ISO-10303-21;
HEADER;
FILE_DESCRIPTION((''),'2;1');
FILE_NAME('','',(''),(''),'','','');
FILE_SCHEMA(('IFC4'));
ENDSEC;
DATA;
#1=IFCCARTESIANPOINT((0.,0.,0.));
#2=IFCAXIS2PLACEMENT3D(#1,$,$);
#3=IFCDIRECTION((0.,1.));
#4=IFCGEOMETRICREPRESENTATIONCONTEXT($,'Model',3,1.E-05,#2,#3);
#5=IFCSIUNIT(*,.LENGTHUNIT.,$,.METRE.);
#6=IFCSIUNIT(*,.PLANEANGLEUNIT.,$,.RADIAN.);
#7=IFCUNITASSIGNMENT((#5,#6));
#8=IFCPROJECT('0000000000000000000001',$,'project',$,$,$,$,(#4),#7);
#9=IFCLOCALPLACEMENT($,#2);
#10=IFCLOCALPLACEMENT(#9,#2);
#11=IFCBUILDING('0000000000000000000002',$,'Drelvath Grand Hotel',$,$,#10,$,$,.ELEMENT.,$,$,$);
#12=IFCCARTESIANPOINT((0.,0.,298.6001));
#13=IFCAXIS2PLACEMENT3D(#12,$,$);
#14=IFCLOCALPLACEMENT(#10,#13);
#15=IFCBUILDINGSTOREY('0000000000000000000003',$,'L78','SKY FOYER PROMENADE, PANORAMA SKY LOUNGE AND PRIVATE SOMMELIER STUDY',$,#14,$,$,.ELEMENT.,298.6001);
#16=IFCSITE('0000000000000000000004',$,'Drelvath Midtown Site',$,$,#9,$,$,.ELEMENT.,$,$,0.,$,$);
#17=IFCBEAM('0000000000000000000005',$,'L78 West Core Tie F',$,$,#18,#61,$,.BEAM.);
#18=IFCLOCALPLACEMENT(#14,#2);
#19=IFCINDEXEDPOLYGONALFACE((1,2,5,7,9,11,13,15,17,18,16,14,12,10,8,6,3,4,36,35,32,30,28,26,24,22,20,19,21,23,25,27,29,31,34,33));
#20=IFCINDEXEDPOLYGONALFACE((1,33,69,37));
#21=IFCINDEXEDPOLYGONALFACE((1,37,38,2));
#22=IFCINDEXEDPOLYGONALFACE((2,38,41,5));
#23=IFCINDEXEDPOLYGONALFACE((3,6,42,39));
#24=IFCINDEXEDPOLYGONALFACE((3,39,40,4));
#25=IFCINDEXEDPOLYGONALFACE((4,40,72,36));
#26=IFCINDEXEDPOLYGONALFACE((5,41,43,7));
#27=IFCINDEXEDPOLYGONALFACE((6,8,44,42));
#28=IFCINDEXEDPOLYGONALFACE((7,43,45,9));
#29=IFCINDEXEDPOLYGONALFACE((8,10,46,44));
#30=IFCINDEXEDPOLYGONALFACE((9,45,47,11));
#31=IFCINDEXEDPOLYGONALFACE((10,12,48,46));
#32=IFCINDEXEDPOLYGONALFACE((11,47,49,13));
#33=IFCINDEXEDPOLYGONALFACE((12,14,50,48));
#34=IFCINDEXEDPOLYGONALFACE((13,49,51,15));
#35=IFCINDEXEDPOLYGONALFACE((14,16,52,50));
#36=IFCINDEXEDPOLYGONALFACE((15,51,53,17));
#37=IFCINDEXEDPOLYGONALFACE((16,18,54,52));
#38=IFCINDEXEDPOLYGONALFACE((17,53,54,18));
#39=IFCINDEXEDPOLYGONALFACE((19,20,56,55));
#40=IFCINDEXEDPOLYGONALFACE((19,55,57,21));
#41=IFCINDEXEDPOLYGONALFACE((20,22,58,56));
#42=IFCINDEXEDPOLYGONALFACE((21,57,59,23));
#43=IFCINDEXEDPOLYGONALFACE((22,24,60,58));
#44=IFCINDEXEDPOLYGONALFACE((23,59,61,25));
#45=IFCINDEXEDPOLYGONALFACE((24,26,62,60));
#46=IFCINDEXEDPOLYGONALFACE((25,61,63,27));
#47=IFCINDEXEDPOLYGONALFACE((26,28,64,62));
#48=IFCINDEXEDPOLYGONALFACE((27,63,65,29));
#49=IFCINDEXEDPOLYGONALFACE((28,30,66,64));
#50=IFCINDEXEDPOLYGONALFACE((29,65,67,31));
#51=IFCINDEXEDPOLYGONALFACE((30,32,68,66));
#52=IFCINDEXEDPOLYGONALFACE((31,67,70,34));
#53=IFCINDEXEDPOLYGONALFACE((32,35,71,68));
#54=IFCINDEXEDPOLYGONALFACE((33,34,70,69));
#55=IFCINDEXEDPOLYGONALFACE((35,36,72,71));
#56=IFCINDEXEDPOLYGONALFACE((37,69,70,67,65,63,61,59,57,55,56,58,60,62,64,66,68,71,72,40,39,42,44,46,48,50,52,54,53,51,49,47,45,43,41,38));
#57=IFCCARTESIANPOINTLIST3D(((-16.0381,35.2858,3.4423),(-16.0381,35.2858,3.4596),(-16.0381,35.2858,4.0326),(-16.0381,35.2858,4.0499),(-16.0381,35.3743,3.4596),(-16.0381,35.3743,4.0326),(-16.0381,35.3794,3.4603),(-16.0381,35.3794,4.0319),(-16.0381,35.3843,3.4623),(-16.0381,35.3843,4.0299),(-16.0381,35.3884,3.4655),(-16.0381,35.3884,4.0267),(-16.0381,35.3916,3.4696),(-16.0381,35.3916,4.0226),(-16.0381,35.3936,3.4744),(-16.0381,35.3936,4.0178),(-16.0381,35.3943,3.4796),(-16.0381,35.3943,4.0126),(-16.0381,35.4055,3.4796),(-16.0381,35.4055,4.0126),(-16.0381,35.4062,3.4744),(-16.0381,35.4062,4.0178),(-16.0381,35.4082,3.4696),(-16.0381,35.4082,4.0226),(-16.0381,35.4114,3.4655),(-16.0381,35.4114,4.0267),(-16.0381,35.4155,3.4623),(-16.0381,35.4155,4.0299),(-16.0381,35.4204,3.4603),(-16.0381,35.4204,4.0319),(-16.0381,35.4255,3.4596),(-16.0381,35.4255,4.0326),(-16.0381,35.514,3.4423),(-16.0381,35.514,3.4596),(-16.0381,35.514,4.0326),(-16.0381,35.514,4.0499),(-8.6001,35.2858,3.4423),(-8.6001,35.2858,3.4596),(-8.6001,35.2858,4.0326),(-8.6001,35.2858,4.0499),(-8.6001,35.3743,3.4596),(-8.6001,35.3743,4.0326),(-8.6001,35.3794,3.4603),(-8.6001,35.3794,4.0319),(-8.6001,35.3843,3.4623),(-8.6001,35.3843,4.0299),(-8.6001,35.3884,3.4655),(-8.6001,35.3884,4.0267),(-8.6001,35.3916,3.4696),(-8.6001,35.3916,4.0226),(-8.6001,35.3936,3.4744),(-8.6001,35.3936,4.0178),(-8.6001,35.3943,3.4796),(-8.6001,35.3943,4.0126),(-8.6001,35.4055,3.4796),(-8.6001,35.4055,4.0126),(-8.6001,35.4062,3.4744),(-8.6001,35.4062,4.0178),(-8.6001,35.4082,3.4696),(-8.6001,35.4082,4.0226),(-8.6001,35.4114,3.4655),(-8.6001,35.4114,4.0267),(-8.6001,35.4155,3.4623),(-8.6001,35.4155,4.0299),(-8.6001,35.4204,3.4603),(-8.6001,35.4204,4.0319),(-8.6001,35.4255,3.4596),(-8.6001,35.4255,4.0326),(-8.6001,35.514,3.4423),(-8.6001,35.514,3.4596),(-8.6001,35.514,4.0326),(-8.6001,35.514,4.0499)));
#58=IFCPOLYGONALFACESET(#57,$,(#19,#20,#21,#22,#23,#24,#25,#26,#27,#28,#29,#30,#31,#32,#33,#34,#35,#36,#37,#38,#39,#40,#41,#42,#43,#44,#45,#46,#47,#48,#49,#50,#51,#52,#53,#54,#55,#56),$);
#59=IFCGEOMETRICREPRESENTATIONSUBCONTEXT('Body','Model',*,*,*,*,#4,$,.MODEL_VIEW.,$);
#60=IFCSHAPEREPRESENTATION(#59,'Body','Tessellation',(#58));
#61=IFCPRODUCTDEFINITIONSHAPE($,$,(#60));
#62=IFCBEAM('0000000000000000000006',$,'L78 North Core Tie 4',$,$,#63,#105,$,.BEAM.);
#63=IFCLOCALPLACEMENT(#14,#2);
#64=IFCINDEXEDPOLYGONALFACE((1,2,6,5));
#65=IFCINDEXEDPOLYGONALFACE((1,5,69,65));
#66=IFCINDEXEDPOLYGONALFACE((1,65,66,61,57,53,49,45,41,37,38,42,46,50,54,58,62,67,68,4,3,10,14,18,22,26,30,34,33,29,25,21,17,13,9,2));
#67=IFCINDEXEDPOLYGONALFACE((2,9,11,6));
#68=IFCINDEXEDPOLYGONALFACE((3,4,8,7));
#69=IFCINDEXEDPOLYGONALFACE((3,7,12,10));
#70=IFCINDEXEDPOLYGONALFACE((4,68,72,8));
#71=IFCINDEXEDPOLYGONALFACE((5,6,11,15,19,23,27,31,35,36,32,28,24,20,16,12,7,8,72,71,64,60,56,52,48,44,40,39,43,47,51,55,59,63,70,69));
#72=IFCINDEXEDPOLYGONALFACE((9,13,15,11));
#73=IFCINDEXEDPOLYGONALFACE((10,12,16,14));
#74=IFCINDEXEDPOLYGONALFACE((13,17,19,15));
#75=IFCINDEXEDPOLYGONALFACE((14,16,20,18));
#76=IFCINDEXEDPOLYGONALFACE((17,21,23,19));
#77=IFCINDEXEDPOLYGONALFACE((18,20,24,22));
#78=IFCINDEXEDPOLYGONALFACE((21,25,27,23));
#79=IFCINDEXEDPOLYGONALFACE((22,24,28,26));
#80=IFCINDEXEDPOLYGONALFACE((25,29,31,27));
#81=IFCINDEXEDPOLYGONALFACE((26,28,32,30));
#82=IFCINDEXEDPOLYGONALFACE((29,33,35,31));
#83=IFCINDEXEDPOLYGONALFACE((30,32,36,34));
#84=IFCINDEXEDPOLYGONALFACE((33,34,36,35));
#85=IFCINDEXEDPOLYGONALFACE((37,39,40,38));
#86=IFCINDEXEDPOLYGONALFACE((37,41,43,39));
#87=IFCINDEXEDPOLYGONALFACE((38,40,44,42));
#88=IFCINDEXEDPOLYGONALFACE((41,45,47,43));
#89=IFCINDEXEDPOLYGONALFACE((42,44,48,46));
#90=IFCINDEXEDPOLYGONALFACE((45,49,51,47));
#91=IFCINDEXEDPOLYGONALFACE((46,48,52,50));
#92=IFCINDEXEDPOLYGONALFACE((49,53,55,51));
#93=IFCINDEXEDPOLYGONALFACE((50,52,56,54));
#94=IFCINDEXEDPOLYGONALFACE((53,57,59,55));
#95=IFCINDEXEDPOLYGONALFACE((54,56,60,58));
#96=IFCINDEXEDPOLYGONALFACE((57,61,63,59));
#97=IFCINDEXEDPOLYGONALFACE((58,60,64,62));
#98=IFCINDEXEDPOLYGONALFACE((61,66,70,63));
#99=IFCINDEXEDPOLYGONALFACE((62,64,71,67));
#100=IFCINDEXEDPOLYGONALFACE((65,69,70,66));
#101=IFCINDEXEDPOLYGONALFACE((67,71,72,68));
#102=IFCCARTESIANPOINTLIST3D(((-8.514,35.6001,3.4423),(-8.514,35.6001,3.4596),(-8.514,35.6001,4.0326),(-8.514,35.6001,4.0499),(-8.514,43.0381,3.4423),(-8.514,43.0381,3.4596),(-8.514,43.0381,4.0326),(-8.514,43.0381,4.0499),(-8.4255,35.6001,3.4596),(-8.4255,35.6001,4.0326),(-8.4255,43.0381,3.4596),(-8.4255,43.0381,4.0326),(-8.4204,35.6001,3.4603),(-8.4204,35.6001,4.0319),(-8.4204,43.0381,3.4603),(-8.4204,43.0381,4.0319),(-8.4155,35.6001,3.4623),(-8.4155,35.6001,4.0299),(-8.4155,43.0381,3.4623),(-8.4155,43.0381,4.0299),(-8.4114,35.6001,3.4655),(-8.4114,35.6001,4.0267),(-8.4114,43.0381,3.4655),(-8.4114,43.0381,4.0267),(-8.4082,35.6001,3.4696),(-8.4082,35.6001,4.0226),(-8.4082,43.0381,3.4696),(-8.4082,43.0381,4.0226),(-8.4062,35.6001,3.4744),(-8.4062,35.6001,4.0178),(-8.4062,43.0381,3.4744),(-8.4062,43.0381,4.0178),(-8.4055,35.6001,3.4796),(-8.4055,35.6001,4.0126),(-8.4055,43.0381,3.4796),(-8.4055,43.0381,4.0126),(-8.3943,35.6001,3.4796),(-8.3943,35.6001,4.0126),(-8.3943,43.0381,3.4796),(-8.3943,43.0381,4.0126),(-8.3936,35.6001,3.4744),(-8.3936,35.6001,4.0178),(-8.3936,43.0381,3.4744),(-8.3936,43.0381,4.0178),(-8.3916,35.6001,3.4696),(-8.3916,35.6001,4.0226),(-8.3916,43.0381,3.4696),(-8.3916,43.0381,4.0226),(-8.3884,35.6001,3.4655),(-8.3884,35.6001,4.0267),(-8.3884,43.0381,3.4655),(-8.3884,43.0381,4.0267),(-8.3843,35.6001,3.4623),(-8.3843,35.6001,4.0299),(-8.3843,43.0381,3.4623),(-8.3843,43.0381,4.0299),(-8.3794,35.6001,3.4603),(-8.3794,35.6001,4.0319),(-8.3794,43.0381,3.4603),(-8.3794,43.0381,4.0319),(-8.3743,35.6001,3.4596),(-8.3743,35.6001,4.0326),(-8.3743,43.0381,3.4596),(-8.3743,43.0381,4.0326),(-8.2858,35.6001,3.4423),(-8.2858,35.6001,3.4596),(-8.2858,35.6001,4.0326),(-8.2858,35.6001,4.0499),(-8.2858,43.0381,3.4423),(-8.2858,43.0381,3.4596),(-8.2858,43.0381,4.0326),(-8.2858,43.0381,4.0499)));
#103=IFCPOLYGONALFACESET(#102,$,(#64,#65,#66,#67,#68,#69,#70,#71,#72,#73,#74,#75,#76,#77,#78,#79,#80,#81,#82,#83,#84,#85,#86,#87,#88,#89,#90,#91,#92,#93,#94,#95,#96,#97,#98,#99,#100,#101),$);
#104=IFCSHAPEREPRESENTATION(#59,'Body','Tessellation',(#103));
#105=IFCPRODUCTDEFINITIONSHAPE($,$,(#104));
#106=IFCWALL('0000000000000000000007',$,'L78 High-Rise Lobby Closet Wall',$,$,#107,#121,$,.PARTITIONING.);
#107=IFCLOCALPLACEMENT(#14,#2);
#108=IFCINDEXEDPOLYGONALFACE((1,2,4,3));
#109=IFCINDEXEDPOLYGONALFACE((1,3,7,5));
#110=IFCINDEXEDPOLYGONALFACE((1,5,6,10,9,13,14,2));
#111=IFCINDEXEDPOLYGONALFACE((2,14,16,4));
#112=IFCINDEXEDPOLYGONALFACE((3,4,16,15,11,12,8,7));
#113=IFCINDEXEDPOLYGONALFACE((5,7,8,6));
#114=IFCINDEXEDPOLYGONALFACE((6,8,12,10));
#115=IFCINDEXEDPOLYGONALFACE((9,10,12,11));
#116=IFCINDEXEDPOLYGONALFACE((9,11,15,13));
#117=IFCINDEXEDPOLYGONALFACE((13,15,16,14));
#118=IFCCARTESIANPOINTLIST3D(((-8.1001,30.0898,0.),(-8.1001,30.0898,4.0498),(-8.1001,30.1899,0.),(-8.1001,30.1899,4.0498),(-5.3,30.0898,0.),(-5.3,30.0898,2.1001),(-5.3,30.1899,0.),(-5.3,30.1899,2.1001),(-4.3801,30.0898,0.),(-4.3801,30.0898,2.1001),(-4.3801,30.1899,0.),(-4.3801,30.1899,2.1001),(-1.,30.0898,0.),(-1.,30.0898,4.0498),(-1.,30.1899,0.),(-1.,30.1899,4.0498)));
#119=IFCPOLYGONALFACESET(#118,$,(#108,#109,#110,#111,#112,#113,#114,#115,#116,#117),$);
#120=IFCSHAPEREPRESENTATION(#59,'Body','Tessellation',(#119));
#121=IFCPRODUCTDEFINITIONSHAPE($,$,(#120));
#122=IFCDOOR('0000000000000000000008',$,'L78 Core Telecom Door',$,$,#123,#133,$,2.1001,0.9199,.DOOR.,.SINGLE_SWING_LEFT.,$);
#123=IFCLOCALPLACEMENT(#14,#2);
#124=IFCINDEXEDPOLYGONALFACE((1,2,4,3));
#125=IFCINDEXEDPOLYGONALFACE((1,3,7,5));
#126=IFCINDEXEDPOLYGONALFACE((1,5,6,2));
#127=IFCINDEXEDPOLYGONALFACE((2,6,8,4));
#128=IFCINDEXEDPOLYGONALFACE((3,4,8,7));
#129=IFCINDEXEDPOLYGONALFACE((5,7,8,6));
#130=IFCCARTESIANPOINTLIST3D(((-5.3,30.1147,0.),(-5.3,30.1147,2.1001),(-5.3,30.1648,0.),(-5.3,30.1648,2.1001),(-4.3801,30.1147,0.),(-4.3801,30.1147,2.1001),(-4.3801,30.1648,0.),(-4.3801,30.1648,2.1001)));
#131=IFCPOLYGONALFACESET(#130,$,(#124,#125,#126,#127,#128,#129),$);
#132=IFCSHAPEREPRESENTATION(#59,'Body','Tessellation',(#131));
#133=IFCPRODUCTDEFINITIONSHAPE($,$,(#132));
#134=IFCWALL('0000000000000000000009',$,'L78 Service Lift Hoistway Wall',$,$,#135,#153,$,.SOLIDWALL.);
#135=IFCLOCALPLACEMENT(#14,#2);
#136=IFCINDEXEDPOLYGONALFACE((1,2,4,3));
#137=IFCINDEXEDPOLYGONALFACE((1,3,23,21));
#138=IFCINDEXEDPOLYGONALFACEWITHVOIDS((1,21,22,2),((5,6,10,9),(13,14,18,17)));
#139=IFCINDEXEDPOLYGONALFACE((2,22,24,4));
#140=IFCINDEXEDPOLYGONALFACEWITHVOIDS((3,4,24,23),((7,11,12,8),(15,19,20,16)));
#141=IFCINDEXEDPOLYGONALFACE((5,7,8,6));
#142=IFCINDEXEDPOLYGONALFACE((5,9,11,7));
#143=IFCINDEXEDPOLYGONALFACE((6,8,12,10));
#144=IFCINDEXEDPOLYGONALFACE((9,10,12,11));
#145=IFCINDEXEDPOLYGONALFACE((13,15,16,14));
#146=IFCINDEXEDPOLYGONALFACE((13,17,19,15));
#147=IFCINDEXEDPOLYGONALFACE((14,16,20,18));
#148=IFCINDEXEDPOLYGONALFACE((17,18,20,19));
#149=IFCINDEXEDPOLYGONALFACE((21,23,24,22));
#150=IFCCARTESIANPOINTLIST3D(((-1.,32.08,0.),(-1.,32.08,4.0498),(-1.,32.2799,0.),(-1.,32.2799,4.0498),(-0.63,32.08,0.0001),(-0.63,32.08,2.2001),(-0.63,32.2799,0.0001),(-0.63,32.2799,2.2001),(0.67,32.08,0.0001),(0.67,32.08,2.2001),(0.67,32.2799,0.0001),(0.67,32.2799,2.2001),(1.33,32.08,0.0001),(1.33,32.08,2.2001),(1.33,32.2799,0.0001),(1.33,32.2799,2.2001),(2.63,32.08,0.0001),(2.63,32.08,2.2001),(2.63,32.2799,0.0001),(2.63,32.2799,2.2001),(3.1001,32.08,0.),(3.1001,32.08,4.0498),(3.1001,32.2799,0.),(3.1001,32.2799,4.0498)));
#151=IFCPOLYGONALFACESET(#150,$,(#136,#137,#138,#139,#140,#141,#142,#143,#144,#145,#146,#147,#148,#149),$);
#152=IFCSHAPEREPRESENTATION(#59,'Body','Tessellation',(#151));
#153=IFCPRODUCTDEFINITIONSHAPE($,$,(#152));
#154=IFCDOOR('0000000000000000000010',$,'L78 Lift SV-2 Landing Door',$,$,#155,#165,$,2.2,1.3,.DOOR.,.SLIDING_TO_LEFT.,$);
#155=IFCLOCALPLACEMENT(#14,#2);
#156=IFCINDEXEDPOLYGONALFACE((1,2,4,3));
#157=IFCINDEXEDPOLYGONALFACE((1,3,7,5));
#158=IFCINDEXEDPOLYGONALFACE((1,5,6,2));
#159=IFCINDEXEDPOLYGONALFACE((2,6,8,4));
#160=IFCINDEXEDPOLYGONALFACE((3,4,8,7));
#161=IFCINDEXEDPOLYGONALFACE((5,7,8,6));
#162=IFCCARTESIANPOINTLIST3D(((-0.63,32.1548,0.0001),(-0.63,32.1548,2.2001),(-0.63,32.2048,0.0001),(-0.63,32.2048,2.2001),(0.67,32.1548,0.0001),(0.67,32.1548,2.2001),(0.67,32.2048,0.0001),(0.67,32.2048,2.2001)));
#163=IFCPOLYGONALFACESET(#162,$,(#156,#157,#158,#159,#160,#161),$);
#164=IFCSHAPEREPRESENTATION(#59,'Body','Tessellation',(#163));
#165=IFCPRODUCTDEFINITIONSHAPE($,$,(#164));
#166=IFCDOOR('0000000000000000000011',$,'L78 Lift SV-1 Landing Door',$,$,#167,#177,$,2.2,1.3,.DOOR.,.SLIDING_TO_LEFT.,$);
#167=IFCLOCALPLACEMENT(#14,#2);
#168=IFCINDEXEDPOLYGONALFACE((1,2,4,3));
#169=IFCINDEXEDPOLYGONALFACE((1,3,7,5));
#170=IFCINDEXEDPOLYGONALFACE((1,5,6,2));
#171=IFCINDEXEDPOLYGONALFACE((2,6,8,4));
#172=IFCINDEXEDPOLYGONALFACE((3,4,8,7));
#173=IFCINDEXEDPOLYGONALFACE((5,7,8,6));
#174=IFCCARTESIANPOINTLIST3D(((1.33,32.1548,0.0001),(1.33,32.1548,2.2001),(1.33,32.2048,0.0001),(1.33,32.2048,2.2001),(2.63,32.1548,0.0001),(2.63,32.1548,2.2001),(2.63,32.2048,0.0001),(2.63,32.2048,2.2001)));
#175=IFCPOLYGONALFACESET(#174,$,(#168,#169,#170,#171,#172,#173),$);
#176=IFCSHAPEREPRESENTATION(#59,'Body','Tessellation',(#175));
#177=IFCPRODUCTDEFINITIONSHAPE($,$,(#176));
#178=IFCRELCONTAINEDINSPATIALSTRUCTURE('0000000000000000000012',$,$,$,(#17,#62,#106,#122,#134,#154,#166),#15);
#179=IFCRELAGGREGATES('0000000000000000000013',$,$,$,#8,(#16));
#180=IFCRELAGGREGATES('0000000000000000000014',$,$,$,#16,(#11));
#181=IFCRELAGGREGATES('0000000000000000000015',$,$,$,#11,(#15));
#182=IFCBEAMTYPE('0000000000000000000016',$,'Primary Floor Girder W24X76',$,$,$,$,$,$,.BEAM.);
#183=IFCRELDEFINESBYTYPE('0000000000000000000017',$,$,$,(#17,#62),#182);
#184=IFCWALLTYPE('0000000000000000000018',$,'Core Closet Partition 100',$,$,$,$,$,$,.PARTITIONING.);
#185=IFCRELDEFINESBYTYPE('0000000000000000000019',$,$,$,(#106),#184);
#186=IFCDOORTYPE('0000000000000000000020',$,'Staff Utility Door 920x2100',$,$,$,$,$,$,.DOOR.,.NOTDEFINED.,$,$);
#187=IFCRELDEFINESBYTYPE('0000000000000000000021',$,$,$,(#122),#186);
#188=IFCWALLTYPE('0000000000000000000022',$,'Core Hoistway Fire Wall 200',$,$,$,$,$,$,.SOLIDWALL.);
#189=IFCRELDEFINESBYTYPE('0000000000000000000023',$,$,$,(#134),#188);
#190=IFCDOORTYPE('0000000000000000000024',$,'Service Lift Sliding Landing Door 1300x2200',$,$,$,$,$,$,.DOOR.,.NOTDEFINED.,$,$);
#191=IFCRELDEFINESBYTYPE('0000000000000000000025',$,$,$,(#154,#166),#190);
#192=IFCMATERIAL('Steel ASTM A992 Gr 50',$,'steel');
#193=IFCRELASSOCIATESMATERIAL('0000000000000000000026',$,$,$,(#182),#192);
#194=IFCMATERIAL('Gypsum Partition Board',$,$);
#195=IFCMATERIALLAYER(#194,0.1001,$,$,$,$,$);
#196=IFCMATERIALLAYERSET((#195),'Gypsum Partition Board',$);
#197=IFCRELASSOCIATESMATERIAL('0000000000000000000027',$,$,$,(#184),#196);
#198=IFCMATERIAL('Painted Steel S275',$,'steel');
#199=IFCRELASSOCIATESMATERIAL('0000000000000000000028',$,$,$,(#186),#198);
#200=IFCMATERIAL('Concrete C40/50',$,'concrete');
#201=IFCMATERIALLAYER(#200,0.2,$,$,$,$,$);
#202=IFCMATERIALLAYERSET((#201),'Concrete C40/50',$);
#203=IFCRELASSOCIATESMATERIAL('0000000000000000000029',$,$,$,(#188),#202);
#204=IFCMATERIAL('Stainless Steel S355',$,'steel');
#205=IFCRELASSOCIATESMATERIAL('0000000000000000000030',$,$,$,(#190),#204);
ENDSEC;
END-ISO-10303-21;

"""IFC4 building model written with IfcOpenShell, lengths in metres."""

from ifc_helpers import new_model, si_unit, direction, frame, frame_2d, origin, origin_2d, place, context, subcontext, project, spatial, rectangle, i_section, extrude, material, layer, layer_set, material_profile, profile_set, type_object, element, fill, save


model = new_model("IFC4")

# Units and contexts
model_context = context("Model", 3, precision=1e-05, world=origin(), true_north=direction((0.0, 1.0)))
body_context = subcontext(model_context, "Body", "Model", "MODEL_VIEW")
ifc_project = project(units=[si_unit("LENGTHUNIT", "METRE"), si_unit("PLANEANGLEUNIT", "RADIAN")], contexts=[model_context])

# Site, building, storey
site_placement = place(None, origin())
site = spatial("IfcSite", under=ifc_project, at=site_placement, Name="Drelvath Midtown Site", CompositionType="ELEMENT", RefElevation=0.0)
building_placement = place(site_placement, origin())
building = spatial("IfcBuilding", under=site, at=building_placement, Name="Drelvath Grand Hotel", CompositionType="ELEMENT")
storey_placement = place(building_placement, frame((0.0, 0.0, 298.6001)))
storey = spatial("IfcBuildingStorey", under=building, at=storey_placement, Name="L78", Description="SKY FOYER PROMENADE, PANORAMA SKY LOUNGE AND PRIVATE SOMMELIER STUDY", CompositionType="ELEMENT", Elevation=298.6001)

# Beams
ifc_material_1 = material(Name="Steel ASTM A992 Gr 50", Category="steel")
ifc_material_profile_1 = material_profile(ifc_material_1, i_section(OverallWidth=0.2283, OverallDepth=0.6077, WebThickness=0.0112, FlangeThickness=0.0173, FilletRadius=0.02, at=origin_2d()), Name="W24X76")
ifc_profile_set_1 = profile_set([ifc_material_profile_1], Name="Steel ASTM A992 Gr 50")
beam_type_1 = type_object("IfcBeamType", Name="Primary Floor Girder W24X76", PredefinedType="BEAM", material=ifc_profile_set_1)
for number, where, z_axis, x_axis, name in (
    (1, (-16.0381, 35.3999, 3.7461), (1.0, 0.0, 0.0), (0.0, 1.0, 0.0), "L78 West Core Tie F"),
    (2, (-8.3999, 35.6001, 3.7461), (0.0, 1.0, 0.0), (-1.0, 0.0, 0.0), "L78 North Core Tie 4"),
):
    element("IfcBeam", number, at=place(storey_placement, frame(where, z_axis=z_axis, x_axis=x_axis)), inside=storey, type_object=beam_type_1, Name=name, PredefinedType="BEAM", context=body_context, shape_type="SweptSolid", body=[
        extrude(i_section(OverallWidth=0.2283, OverallDepth=0.6077, WebThickness=0.0112, FlangeThickness=0.0173, FilletRadius=0.02, at=origin_2d()), origin(), (0.0, 0.0, 1.0), 7.438),
    ])

# Wall, opening, door
ifc_material_2 = material(Name="Gypsum Partition Board")
ifc_layer_1 = layer(ifc_material_2, 0.1001)
ifc_layer_set_1 = layer_set([ifc_layer_1], Name="Gypsum Partition Board")
wall_type_1 = type_object("IfcWallType", Name="Core Closet Partition 100", PredefinedType="PARTITIONING", material=ifc_layer_set_1)
wall_1_placement = place(storey_placement, frame((-8.1001, 30.1399, 0.0), z_axis=(0.0, 0.0, 1.0), x_axis=(1.0, 0.0, 0.0)))
wall_1 = element("IfcWall", 3, at=wall_1_placement, inside=storey, type_object=wall_type_1, Name="L78 High-Rise Lobby Closet Wall", PredefinedType="PARTITIONING", context=body_context, shape_type="SweptSolid", body=[
    extrude(rectangle(XDim=7.1001, YDim=0.1001, at=frame_2d((3.55, 0.0))), origin(), (0.0, 0.0, 1.0), 4.0498),
])
opening_1_placement = place(wall_1_placement, frame((2.8, 0.0, 0.0)))
opening_1 = element("IfcOpeningElement", 4, at=opening_1_placement, cuts=wall_1, PredefinedType="OPENING", context=body_context, shape_type="SweptSolid", body=[
    extrude(rectangle(XDim=0.9199, YDim=2.1001, at=frame_2d((0.46, 1.05))), frame((0.0, 0.0601, 0.0), z_axis=(0.0, -1.0, 0.0), x_axis=(1.0, 0.0, 0.0)), (0.0, 0.0, 1.0), 0.1201),
])
ifc_material_3 = material(Name="Painted Steel S275", Category="steel")
door_type_1 = type_object("IfcDoorType", Name="Staff Utility Door 920x2100", OperationType="NOTDEFINED", PredefinedType="DOOR", material=ifc_material_3)
door_1_placement = place(opening_1_placement, origin())
door_1 = element("IfcDoor", 5, at=door_1_placement, inside=storey, type_object=door_type_1, Name="L78 Core Telecom Door", OperationType="SINGLE_SWING_LEFT", OverallHeight=2.1001, OverallWidth=0.9199, PredefinedType="DOOR", context=body_context, shape_type="SweptSolid", body=[
    extrude(rectangle(XDim=0.9199, YDim=2.1001, at=frame_2d((0.46, 1.05))), frame((0.0, 0.0249, 0.0), z_axis=(0.0, -1.0, 0.0), x_axis=(1.0, 0.0, 0.0)), (0.0, 0.0, 1.0), 0.05),
])
fill(opening_1, door_1)

# Wall, openings, doors
ifc_material_4 = material(Name="Concrete C40/50", Category="concrete")
ifc_layer_2 = layer(ifc_material_4, 0.2)
ifc_layer_set_2 = layer_set([ifc_layer_2], Name="Concrete C40/50")
wall_type_2 = type_object("IfcWallType", Name="Core Hoistway Fire Wall 200", PredefinedType="SOLIDWALL", material=ifc_layer_set_2)
wall_2_placement = place(storey_placement, frame((-1.0, 32.1799, 0.0), z_axis=(0.0, 0.0, 1.0), x_axis=(1.0, 0.0, 0.0)))
wall_2 = element("IfcWall", 6, at=wall_2_placement, inside=storey, type_object=wall_type_2, Name="L78 Service Lift Hoistway Wall", PredefinedType="SOLIDWALL", context=body_context, shape_type="SweptSolid", body=[
    extrude(rectangle(XDim=4.1001, YDim=0.2, at=frame_2d((2.05, 0.0))), origin(), (0.0, 0.0, 1.0), 4.0498),
])
opening_2_placement = place(wall_2_placement, frame((0.3701, 0.0, 0.0)))
opening_2 = element("IfcOpeningElement", 7, at=opening_2_placement, cuts=wall_2, PredefinedType="OPENING", context=body_context, shape_type="SweptSolid", body=[
    extrude(rectangle(XDim=1.3, YDim=2.2, at=frame_2d((0.6499, 1.1001))), frame((0.0, 0.1099, 0.0), z_axis=(0.0, -1.0, 0.0), x_axis=(1.0, 0.0, 0.0)), (0.0, 0.0, 1.0), 0.22),
])
opening_3_placement = place(wall_2_placement, frame((2.3301, 0.0, 0.0)))
opening_3 = element("IfcOpeningElement", 8, at=opening_3_placement, cuts=wall_2, PredefinedType="OPENING", context=body_context, shape_type="SweptSolid", body=[
    extrude(rectangle(XDim=1.3, YDim=2.2, at=frame_2d((0.6499, 1.1001))), frame((0.0, 0.1099, 0.0), z_axis=(0.0, -1.0, 0.0), x_axis=(1.0, 0.0, 0.0)), (0.0, 0.0, 1.0), 0.22),
])
ifc_material_5 = material(Name="Stainless Steel S355", Category="steel")
door_type_2 = type_object("IfcDoorType", Name="Service Lift Sliding Landing Door 1300x2200", OperationType="NOTDEFINED", PredefinedType="DOOR", material=ifc_material_5)
door_2_placement = place(opening_2_placement, origin())
door_2 = element("IfcDoor", 9, at=door_2_placement, inside=storey, type_object=door_type_2, Name="L78 Lift SV-2 Landing Door", OperationType="SLIDING_TO_LEFT", OverallHeight=2.2, OverallWidth=1.3, PredefinedType="DOOR", context=body_context, shape_type="SweptSolid", body=[
    extrude(rectangle(XDim=1.3, YDim=2.2, at=frame_2d((0.6499, 1.1001))), frame((0.0, 0.0249, 0.0), z_axis=(0.0, -1.0, 0.0), x_axis=(1.0, 0.0, 0.0)), (0.0, 0.0, 1.0), 0.05),
])
fill(opening_2, door_2)
door_3_placement = place(opening_3_placement, origin())
door_3 = element("IfcDoor", 10, at=door_3_placement, inside=storey, type_object=door_type_2, Name="L78 Lift SV-1 Landing Door", OperationType="SLIDING_TO_LEFT", OverallHeight=2.2, OverallWidth=1.3, PredefinedType="DOOR", context=body_context, shape_type="SweptSolid", body=[
    extrude(rectangle(XDim=1.3, YDim=2.2, at=frame_2d((0.6499, 1.1001))), frame((0.0, 0.0249, 0.0), z_axis=(0.0, -1.0, 0.0), x_axis=(1.0, 0.0, 0.0)), (0.0, 0.0, 1.0), 0.05),
])
fill(opening_3, door_3)

save(model, "model.ifc")
